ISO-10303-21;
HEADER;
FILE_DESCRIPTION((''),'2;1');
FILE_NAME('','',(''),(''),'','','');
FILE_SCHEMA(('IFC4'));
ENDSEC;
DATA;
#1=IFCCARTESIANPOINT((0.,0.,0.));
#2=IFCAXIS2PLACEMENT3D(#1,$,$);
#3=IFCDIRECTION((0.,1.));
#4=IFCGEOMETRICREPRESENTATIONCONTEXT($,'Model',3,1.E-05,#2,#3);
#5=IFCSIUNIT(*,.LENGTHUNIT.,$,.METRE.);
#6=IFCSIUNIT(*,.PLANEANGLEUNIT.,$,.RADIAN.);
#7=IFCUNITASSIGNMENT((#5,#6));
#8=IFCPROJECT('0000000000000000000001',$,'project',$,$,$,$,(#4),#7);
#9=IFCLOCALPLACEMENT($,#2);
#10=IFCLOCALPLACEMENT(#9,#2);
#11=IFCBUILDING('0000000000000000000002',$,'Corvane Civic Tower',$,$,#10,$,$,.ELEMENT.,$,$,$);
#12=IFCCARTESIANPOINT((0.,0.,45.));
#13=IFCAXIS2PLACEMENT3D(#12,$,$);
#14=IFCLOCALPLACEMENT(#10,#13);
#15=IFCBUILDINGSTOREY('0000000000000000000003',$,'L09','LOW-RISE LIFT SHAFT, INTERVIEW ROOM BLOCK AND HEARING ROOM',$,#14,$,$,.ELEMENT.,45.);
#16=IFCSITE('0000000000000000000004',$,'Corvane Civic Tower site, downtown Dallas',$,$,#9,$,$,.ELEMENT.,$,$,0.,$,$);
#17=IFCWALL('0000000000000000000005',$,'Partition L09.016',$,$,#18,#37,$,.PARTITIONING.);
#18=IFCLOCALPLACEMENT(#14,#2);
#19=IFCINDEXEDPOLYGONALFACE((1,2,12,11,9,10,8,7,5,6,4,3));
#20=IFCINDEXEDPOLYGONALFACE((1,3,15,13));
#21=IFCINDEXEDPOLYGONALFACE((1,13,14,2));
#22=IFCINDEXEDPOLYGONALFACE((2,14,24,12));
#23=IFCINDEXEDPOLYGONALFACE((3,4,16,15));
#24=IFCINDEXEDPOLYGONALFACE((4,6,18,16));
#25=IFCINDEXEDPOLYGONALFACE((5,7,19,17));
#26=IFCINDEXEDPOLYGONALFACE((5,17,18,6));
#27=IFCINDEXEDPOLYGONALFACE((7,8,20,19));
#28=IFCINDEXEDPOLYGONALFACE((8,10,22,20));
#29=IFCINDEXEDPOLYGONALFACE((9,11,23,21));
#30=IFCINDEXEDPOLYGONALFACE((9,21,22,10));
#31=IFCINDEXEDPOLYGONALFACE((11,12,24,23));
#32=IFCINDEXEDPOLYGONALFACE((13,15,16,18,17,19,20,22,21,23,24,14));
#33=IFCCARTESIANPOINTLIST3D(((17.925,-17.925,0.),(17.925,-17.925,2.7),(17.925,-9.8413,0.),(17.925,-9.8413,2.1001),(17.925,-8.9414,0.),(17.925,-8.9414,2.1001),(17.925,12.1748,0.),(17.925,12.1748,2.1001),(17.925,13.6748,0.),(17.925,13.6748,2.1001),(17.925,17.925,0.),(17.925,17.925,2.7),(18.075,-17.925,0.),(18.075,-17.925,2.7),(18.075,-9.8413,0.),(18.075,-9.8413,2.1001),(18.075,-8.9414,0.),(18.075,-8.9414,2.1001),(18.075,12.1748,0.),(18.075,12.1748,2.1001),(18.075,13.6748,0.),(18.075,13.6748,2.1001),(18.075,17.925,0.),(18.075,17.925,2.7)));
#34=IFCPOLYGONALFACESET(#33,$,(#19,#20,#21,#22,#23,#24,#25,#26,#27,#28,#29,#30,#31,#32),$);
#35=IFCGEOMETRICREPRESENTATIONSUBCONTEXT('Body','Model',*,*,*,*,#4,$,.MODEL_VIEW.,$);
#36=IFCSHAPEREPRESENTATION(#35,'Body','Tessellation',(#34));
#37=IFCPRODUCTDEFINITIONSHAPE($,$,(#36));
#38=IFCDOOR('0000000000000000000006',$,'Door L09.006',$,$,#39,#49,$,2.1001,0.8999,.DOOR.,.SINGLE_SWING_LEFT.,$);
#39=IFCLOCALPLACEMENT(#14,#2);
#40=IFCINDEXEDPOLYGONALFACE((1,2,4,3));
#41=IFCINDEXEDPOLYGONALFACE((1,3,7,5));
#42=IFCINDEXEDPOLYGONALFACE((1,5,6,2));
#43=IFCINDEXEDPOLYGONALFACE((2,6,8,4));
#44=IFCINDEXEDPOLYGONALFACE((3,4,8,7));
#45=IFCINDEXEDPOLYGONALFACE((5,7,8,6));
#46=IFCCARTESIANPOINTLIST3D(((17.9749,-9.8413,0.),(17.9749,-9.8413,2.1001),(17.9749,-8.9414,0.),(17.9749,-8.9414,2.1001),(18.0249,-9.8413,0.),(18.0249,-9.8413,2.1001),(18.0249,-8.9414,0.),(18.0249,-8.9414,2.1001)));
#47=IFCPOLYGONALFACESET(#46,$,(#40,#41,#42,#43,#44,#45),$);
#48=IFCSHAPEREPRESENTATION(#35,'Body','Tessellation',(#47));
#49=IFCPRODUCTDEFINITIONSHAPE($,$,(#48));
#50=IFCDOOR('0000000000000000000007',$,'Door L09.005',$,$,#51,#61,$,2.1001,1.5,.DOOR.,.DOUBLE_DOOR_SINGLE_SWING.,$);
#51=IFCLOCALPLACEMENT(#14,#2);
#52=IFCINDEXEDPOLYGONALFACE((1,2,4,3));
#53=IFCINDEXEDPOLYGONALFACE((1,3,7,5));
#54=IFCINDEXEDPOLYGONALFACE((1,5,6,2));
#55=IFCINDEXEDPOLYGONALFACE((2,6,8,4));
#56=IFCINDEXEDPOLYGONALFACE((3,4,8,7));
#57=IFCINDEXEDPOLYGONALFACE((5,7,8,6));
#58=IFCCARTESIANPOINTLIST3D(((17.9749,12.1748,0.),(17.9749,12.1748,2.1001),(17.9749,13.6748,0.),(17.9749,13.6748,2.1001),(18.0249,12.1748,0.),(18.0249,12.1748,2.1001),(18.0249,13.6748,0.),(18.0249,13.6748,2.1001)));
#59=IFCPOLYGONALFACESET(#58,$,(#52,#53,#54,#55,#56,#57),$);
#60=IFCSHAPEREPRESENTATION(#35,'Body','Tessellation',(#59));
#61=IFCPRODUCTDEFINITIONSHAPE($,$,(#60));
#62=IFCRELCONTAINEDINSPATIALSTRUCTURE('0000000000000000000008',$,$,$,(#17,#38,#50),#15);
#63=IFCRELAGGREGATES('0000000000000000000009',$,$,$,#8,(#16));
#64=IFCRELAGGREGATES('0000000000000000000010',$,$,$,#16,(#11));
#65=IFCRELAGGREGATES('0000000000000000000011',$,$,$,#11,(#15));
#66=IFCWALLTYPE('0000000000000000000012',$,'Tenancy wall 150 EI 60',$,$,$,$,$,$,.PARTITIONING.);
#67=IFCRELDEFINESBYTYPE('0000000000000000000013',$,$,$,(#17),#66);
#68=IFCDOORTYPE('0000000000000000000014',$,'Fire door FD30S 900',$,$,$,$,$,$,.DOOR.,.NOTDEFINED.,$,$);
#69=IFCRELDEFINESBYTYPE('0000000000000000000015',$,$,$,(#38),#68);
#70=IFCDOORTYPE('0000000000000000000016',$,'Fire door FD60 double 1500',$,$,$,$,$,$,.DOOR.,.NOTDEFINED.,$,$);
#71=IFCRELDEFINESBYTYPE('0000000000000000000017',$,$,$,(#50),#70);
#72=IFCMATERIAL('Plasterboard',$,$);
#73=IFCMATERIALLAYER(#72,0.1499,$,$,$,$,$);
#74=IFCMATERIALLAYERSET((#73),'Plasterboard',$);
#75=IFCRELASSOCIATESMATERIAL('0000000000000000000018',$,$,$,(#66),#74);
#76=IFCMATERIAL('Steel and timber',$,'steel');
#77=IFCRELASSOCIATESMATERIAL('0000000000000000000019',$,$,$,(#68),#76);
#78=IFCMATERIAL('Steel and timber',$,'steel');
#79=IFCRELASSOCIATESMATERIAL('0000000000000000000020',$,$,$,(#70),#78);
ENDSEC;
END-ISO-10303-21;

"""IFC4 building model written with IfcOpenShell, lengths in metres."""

from ifc_helpers import new_model, si_unit, direction, frame, frame_2d, origin, place, context, subcontext, project, spatial, rectangle, extrude, material, layer, layer_set, type_object, element, fill, save


model = new_model("IFC4")

# Units and contexts
model_context = context("Model", 3, precision=1e-05, world=origin(), true_north=direction((0.0, 1.0)))
body_context = subcontext(model_context, "Body", "Model", "MODEL_VIEW")
ifc_project = project(units=[si_unit("LENGTHUNIT", "METRE"), si_unit("PLANEANGLEUNIT", "RADIAN")], contexts=[model_context])

# Site, building, storey
site_placement = place(None, origin())
site = spatial("IfcSite", under=ifc_project, at=site_placement, Name="Corvane Civic Tower site, downtown Dallas", CompositionType="ELEMENT", RefElevation=0.0)
building_placement = place(site_placement, origin())
building = spatial("IfcBuilding", under=site, at=building_placement, Name="Corvane Civic Tower", CompositionType="ELEMENT")
storey_placement = place(building_placement, frame((0.0, 0.0, 45.0)))
storey = spatial("IfcBuildingStorey", under=building, at=storey_placement, Name="L09", Description="LOW-RISE LIFT SHAFT, INTERVIEW ROOM BLOCK AND HEARING ROOM", CompositionType="ELEMENT", Elevation=45.0)

# Wall, openings, doors
ifc_material_1 = material(Name="Plasterboard")
ifc_layer_1 = layer(ifc_material_1, 0.1499)
ifc_layer_set_1 = layer_set([ifc_layer_1], Name="Plasterboard")
wall_type_1 = type_object("IfcWallType", Name="Tenancy wall 150 EI 60", PredefinedType="PARTITIONING", material=ifc_layer_set_1)
wall_1_placement = place(storey_placement, frame((18.0, -17.925, 0.0), z_axis=(0.0, 0.0, 1.0), x_axis=(0.0, 1.0, 0.0)))
wall_1 = element("IfcWall", 1, at=wall_1_placement, inside=storey, type_object=wall_type_1, Name="Partition L09.016", PredefinedType="PARTITIONING", context=body_context, shape_type="SweptSolid", body=[
    extrude(rectangle(XDim=35.8501, YDim=0.1499, at=frame_2d((17.925, 0.0))), origin(), (0.0, 0.0, 1.0), 2.7),
])
opening_1_placement = place(wall_1_placement, frame((30.0999, 0.0, 0.0)))
opening_1 = element("IfcOpeningElement", 2, at=opening_1_placement, cuts=wall_1, PredefinedType="OPENING", context=body_context, shape_type="SweptSolid", body=[
    extrude(rectangle(XDim=1.5, YDim=2.1001, at=frame_2d((0.75, 1.05))), frame((0.0, 0.085, 0.0), z_axis=(0.0, -1.0, 0.0), x_axis=(1.0, 0.0, 0.0)), (0.0, 0.0, 1.0), 0.1699),
])
opening_2_placement = place(wall_1_placement, frame((8.0837, 0.0, 0.0)))
opening_2 = element("IfcOpeningElement", 3, at=opening_2_placement, cuts=wall_1, PredefinedType="OPENING", context=body_context, shape_type="SweptSolid", body=[
    extrude(rectangle(XDim=0.8999, YDim=2.1001, at=frame_2d((0.45, 1.05))), frame((0.0, 0.085, 0.0), z_axis=(0.0, -1.0, 0.0), x_axis=(1.0, 0.0, 0.0)), (0.0, 0.0, 1.0), 0.1699),
])
ifc_material_2 = material(Name="Steel and timber", Category="steel")
door_type_1 = type_object("IfcDoorType", Name="Fire door FD30S 900", OperationType="NOTDEFINED", PredefinedType="DOOR", material=ifc_material_2)
door_1_placement = place(opening_2_placement, frame((0.8999, 0.0, 0.0), z_axis=(0.0, 0.0, 1.0), x_axis=(-1.0, 0.0, 0.0)))
door_1 = element("IfcDoor", 4, at=door_1_placement, inside=storey, type_object=door_type_1, Name="Door L09.006", OperationType="SINGLE_SWING_LEFT", OverallHeight=2.1001, OverallWidth=0.8999, PredefinedType="DOOR", context=body_context, shape_type="SweptSolid", body=[
    extrude(rectangle(XDim=0.8999, YDim=2.1001, at=frame_2d((0.45, 1.05))), frame((0.0, 0.0249, 0.0), z_axis=(0.0, -1.0, 0.0), x_axis=(1.0, 0.0, 0.0)), (0.0, 0.0, 1.0), 0.05),
])
fill(opening_2, door_1)
ifc_material_3 = material(Name="Steel and timber", Category="steel")
door_type_2 = type_object("IfcDoorType", Name="Fire door FD60 double 1500", OperationType="NOTDEFINED", PredefinedType="DOOR", material=ifc_material_3)
door_2_placement = place(opening_1_placement, frame((1.5, 0.0, 0.0), z_axis=(0.0, 0.0, 1.0), x_axis=(-1.0, 0.0, 0.0)))
door_2 = element("IfcDoor", 5, at=door_2_placement, inside=storey, type_object=door_type_2, Name="Door L09.005", OperationType="DOUBLE_DOOR_SINGLE_SWING", OverallHeight=2.1001, OverallWidth=1.5, PredefinedType="DOOR", context=body_context, shape_type="SweptSolid", body=[
    extrude(rectangle(XDim=1.5, YDim=2.1001, at=frame_2d((0.75, 1.05))), frame((0.0, 0.0249, 0.0), z_axis=(0.0, -1.0, 0.0), x_axis=(1.0, 0.0, 0.0)), (0.0, 0.0, 1.0), 0.05),
])
fill(opening_1, door_2)

save(model, "model.ifc")
